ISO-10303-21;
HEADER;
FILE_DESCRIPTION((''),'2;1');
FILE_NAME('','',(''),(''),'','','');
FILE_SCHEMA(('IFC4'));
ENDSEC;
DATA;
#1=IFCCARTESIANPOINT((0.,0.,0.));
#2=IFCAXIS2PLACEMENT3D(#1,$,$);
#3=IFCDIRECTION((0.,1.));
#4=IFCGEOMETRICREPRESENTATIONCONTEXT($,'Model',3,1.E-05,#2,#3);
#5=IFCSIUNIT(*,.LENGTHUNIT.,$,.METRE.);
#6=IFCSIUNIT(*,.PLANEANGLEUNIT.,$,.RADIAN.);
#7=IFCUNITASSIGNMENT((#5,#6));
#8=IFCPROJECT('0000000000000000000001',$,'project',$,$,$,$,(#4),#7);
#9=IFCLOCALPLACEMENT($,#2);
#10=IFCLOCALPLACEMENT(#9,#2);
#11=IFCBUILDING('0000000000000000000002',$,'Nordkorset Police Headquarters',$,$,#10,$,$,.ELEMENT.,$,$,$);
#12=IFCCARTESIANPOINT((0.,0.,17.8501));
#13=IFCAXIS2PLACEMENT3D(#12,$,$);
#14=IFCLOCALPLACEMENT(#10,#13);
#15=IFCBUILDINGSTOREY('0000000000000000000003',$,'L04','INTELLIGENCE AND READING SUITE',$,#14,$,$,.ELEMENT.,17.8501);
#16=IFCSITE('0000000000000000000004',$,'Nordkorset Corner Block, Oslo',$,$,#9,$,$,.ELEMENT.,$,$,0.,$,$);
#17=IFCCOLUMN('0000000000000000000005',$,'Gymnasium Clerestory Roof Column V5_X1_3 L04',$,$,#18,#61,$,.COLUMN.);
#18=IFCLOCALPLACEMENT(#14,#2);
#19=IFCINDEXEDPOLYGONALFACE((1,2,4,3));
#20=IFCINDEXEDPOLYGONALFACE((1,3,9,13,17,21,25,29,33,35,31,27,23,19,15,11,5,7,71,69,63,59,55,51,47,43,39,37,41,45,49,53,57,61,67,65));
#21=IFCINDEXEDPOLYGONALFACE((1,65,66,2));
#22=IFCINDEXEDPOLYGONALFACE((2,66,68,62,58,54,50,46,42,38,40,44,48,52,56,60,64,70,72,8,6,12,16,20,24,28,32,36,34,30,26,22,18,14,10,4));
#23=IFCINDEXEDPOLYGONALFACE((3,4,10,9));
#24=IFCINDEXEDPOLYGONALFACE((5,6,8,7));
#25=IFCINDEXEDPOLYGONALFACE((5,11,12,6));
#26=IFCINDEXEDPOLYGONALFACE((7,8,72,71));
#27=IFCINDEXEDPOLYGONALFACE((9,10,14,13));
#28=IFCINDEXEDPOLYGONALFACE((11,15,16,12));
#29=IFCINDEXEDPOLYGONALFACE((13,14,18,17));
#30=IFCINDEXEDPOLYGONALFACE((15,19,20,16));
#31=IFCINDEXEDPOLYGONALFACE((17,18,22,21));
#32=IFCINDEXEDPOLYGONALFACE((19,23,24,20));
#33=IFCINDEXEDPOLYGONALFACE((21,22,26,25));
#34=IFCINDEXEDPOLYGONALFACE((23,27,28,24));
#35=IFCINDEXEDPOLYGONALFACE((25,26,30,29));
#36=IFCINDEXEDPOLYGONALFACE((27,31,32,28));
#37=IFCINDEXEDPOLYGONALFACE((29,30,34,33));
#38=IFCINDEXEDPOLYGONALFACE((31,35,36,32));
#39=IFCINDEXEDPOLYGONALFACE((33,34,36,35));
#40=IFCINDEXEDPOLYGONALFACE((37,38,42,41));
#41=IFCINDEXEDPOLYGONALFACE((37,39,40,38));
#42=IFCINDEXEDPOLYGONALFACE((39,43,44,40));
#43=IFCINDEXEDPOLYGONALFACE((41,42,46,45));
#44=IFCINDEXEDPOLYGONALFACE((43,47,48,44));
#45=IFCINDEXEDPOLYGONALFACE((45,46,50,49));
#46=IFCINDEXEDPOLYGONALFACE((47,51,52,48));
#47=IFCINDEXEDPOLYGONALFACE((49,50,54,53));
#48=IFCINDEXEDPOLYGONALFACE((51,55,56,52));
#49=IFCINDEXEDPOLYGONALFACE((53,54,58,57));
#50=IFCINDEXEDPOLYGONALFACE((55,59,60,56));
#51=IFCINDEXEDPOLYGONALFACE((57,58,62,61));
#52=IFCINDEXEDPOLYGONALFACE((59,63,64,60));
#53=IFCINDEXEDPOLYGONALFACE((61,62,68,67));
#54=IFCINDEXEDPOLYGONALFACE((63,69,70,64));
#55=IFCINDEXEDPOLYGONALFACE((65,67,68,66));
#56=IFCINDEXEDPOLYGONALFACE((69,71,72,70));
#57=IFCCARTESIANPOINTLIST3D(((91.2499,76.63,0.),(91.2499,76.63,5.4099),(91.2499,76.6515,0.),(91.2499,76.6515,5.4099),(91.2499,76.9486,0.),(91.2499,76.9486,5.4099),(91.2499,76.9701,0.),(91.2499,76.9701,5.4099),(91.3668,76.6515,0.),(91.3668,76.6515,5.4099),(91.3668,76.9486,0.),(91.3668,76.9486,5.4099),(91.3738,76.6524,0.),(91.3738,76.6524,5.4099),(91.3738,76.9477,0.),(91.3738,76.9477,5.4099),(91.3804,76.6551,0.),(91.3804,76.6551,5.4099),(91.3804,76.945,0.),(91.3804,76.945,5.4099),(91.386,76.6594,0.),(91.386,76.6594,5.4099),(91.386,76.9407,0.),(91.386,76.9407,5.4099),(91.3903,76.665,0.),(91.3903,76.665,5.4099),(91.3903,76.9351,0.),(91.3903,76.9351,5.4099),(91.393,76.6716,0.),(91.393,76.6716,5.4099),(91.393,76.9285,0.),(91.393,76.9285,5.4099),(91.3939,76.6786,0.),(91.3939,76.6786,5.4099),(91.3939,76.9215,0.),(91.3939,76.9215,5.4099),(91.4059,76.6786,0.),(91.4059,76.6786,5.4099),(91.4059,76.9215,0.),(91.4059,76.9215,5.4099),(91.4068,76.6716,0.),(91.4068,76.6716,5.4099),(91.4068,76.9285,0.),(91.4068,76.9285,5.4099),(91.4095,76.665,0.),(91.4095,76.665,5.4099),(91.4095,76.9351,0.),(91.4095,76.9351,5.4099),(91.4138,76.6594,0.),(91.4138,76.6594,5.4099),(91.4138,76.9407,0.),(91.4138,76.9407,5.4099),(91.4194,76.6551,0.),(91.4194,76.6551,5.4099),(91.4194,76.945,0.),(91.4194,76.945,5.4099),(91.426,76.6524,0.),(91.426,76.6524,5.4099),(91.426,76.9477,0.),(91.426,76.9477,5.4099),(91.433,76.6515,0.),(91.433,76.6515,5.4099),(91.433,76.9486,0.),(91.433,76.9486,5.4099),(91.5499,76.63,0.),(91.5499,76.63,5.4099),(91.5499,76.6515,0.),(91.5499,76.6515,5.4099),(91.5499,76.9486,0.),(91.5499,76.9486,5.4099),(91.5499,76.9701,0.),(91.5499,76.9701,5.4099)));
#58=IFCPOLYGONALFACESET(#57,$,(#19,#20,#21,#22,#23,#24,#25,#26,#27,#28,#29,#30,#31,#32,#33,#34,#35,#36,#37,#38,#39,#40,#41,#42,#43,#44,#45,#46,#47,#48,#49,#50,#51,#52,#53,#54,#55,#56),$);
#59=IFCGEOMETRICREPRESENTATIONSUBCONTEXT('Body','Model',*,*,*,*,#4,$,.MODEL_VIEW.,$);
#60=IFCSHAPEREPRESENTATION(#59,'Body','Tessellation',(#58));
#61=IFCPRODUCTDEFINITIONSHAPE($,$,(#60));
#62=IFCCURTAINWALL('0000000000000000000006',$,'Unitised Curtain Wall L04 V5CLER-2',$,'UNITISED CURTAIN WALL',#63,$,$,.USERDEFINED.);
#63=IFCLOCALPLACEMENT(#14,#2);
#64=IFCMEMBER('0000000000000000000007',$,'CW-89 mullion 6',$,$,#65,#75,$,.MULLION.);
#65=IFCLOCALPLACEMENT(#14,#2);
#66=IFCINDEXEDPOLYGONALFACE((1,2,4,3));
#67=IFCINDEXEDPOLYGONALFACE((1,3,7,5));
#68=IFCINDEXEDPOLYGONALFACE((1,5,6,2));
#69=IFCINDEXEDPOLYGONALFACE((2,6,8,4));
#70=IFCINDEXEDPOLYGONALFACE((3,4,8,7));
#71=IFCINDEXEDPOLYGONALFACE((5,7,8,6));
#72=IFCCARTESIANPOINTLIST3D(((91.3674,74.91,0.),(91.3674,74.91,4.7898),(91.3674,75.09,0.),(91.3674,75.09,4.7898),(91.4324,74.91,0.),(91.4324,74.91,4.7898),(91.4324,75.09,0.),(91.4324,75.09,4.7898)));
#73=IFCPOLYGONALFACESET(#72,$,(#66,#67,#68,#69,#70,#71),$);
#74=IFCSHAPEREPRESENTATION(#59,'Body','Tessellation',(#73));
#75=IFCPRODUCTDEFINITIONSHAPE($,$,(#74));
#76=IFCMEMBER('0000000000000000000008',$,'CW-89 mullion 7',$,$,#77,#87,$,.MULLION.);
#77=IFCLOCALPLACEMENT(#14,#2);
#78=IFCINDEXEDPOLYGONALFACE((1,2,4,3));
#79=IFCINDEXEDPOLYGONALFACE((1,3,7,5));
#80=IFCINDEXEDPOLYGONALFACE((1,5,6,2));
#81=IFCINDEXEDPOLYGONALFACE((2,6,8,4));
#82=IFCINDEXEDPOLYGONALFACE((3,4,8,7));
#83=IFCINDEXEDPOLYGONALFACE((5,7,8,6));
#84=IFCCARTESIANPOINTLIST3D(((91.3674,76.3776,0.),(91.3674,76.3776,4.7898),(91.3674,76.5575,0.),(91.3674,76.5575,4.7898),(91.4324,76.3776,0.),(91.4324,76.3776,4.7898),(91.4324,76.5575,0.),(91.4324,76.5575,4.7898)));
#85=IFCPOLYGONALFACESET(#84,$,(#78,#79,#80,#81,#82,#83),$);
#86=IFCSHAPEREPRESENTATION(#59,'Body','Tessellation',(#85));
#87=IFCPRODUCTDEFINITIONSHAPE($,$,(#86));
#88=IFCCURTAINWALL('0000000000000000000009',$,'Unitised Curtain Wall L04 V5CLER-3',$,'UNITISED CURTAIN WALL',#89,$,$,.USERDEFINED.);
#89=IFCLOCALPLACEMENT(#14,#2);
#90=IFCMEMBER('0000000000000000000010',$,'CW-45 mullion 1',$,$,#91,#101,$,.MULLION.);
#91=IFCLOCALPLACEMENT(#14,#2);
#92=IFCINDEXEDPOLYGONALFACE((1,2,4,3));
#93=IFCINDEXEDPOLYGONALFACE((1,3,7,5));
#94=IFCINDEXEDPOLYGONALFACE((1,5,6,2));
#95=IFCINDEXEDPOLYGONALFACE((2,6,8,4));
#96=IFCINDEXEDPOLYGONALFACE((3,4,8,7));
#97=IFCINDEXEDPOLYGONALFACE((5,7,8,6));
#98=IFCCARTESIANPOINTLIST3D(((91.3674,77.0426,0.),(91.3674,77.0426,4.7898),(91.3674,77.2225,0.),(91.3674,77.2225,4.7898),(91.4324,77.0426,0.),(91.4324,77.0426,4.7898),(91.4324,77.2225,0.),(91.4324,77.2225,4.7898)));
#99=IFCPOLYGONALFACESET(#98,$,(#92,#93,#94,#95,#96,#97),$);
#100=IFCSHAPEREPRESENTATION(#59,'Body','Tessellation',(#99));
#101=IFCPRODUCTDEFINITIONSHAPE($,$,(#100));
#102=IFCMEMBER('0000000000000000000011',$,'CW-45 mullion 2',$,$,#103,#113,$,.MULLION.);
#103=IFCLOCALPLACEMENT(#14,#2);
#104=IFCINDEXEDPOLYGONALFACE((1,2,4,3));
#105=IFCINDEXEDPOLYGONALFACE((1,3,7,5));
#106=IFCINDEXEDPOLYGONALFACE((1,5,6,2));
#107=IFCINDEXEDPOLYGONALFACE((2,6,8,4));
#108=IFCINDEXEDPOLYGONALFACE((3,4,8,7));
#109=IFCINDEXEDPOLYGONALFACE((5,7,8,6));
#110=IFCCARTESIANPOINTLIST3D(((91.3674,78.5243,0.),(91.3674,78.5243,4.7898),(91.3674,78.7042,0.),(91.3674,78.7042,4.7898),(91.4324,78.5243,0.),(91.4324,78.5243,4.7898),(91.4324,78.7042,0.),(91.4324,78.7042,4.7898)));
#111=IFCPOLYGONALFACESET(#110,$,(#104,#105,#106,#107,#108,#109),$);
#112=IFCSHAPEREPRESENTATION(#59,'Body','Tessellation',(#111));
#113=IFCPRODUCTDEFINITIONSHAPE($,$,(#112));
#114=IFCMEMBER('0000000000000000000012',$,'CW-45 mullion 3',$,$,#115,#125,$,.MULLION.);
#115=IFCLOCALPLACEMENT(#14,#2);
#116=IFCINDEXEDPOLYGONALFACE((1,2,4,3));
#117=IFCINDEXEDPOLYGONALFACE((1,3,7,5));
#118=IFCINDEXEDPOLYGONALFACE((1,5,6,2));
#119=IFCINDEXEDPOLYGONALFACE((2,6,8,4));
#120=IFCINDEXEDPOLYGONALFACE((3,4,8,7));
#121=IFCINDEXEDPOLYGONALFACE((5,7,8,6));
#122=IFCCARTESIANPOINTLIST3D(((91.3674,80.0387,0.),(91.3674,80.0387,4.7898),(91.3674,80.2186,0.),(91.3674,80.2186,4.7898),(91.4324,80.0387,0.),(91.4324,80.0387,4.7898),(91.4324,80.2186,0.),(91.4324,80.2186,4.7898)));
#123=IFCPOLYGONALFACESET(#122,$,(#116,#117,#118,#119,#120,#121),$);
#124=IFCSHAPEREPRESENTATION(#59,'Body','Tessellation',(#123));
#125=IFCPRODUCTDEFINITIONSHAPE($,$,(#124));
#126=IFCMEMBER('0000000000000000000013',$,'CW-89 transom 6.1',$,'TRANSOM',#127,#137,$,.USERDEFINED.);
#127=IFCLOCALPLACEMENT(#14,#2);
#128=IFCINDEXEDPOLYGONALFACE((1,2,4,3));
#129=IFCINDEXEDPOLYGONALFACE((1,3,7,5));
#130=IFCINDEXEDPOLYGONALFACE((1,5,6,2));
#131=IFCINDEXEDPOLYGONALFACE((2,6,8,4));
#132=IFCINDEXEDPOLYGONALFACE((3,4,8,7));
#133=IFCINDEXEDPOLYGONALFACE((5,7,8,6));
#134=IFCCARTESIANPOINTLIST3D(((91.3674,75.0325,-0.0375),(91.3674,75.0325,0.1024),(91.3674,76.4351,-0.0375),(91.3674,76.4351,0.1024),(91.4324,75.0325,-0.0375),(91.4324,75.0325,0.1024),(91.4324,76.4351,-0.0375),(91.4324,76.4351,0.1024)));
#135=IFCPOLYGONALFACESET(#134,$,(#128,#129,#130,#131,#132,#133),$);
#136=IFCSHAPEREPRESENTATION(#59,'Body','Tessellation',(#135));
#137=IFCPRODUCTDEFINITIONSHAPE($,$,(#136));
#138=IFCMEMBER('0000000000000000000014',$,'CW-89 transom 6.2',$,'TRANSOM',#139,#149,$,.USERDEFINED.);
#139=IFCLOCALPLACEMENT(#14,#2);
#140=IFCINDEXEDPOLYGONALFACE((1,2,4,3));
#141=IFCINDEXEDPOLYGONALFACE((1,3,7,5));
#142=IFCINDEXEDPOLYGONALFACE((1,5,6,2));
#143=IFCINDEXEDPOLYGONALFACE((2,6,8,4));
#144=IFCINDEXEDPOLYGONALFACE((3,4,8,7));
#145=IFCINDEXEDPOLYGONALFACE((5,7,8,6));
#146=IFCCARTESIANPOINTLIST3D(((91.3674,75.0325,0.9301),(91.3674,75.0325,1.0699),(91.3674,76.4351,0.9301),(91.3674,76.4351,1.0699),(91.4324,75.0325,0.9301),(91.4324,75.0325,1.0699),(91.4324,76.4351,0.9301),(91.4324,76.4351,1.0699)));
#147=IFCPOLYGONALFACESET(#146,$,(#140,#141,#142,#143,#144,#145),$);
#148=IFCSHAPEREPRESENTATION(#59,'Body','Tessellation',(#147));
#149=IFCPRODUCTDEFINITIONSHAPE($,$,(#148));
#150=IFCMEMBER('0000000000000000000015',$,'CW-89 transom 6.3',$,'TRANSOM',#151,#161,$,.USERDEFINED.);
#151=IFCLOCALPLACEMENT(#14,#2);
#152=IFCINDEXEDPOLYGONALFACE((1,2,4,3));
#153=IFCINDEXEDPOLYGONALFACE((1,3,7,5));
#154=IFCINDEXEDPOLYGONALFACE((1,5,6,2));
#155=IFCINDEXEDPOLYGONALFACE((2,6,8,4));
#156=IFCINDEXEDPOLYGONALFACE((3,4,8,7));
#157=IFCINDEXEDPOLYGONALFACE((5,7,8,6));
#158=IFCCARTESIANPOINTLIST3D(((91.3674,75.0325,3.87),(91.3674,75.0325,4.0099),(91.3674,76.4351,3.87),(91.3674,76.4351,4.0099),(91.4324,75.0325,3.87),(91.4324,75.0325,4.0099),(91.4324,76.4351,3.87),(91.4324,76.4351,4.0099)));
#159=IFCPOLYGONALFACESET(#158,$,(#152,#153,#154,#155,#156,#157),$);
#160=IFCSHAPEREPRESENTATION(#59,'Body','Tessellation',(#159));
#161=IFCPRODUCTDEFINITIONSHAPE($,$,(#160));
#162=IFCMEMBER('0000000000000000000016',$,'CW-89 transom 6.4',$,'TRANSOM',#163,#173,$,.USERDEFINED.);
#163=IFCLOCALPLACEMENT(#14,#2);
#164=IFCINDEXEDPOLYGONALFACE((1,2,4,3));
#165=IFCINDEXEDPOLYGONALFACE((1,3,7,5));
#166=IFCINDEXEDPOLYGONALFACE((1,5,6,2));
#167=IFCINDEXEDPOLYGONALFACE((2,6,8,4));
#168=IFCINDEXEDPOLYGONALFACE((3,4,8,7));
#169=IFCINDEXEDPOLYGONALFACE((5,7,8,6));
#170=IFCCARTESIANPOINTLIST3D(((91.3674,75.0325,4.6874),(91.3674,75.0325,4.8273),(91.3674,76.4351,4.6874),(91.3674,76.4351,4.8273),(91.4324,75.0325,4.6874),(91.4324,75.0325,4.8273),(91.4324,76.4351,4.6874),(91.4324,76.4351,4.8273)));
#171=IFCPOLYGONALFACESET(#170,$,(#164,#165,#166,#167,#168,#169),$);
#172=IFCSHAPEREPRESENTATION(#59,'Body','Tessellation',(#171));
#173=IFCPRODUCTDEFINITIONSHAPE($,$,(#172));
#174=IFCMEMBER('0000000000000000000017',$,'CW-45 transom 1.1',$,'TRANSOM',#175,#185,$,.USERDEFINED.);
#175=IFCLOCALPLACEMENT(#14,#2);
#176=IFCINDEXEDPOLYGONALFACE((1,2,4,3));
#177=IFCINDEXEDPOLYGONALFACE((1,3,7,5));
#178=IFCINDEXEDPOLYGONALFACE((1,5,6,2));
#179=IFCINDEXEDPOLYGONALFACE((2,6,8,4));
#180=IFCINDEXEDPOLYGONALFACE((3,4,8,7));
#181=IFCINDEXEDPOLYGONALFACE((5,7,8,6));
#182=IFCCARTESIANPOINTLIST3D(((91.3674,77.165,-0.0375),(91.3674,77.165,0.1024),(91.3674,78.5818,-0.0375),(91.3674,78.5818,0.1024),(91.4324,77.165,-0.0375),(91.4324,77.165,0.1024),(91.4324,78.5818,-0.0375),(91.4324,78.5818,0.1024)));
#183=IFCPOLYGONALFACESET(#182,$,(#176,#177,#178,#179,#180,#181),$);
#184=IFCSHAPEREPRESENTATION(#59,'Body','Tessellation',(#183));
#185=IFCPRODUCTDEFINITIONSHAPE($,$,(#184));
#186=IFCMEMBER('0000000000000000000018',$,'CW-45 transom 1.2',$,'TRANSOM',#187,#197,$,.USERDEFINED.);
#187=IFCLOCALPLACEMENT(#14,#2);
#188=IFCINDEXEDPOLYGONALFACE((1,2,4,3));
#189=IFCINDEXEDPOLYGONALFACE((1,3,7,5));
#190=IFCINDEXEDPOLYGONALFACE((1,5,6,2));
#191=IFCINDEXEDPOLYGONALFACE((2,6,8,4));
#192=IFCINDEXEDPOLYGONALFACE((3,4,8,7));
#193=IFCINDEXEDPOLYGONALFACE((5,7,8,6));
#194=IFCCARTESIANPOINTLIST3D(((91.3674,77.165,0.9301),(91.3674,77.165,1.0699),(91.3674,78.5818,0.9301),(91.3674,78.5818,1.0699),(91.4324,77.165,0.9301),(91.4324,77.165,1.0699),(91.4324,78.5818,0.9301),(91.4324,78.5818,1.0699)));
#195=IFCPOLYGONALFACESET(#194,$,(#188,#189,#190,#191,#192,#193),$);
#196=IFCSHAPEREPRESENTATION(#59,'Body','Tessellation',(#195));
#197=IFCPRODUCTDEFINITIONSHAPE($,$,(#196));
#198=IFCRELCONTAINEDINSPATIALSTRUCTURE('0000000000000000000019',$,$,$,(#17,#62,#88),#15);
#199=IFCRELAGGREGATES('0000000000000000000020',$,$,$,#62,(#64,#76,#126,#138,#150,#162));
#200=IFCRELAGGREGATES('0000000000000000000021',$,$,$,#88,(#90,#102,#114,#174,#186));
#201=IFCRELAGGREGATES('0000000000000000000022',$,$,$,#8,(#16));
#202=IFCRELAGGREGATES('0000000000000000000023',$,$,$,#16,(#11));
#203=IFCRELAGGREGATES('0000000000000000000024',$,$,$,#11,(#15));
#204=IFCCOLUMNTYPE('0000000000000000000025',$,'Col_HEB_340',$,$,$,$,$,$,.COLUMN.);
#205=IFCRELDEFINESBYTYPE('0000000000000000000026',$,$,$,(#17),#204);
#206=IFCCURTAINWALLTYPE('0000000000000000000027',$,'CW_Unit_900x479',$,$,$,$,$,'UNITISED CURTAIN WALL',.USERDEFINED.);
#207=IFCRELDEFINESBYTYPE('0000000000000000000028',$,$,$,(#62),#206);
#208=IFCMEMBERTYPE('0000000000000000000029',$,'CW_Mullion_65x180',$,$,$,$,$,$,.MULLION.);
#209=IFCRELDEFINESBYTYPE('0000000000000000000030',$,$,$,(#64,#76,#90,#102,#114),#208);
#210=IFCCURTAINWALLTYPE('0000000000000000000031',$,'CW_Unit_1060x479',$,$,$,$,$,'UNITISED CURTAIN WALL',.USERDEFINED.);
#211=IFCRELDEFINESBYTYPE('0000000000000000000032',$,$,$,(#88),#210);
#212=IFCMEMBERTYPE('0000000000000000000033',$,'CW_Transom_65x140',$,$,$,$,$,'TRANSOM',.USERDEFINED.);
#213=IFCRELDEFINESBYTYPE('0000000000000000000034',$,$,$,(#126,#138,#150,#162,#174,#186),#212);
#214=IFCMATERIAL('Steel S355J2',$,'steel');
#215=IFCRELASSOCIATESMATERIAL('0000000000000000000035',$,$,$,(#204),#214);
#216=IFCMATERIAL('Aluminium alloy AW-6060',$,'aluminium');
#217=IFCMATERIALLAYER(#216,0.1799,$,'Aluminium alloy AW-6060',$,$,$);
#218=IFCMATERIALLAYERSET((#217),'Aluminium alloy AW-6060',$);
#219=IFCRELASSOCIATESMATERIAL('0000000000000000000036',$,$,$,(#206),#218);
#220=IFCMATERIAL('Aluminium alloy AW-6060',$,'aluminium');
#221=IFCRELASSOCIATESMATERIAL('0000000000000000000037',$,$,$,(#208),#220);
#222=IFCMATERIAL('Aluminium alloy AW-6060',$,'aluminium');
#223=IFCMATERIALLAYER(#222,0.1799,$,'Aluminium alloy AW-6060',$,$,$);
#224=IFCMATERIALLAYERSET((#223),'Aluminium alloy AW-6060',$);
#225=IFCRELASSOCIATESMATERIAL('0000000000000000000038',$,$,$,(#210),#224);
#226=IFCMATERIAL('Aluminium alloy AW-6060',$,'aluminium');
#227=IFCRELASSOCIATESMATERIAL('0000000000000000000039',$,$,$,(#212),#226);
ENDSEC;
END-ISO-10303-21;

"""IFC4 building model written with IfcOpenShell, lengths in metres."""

from ifc_helpers import new_model, si_unit, direction, frame, origin, origin_2d, place, context, subcontext, project, spatial, rectangle, i_section, extrude, material, layer, layer_set, material_profile, profile_set, type_object, element, aggregate, save


model = new_model("IFC4")

# Units and contexts
model_context = context("Model", 3, precision=1e-05, world=origin(), true_north=direction((0.0, 1.0)))
body_context = subcontext(model_context, "Body", "Model", "MODEL_VIEW")
ifc_project = project(units=[si_unit("LENGTHUNIT", "METRE"), si_unit("PLANEANGLEUNIT", "RADIAN")], contexts=[model_context])

# Site, building, storey
site_placement = place(None, origin())
site = spatial("IfcSite", under=ifc_project, at=site_placement, Name="Nordkorset Corner Block, Oslo", CompositionType="ELEMENT", RefElevation=0.0)
building_placement = place(site_placement, origin())
building = spatial("IfcBuilding", under=site, at=building_placement, Name="Nordkorset Police Headquarters", CompositionType="ELEMENT")
storey_placement = place(building_placement, frame((0.0, 0.0, 17.8501)))
storey = spatial("IfcBuildingStorey", under=building, at=storey_placement, Name="L04", Description="INTELLIGENCE AND READING SUITE", CompositionType="ELEMENT", Elevation=17.8501)

# Column
ifc_material_1 = material(Name="Steel S355J2", Category="steel")
ifc_material_profile_1 = material_profile(ifc_material_1, i_section(OverallWidth=0.3, OverallDepth=0.3401, WebThickness=0.012, FlangeThickness=0.0215, FilletRadius=0.0271, at=origin_2d()), Name="HEB 340")
ifc_profile_set_1 = profile_set([ifc_material_profile_1], Name="Steel S355J2")
column_type = type_object("IfcColumnType", Name="Col_HEB_340", PredefinedType="COLUMN", material=ifc_profile_set_1)
column_placement = place(storey_placement, frame((91.3999, 76.8, 0.0), z_axis=(0.0, 0.0, 1.0), x_axis=(1.0, 0.0, 0.0)))
element("IfcColumn", 1, at=column_placement, inside=storey, type_object=column_type, Name="Gymnasium Clerestory Roof Column V5_X1_3 L04", PredefinedType="COLUMN", context=body_context, shape_type="SweptSolid", body=[
    extrude(i_section(OverallWidth=0.3, OverallDepth=0.3401, WebThickness=0.012, FlangeThickness=0.0215, FilletRadius=0.0271, at=origin_2d()), origin(), (0.0, 0.0, 1.0), 5.4099),
])

# Curtain walls, members
ifc_material_2 = material(Name="Aluminium alloy AW-6060", Category="aluminium")
ifc_layer_1 = layer(ifc_material_2, 0.1799, Name="Aluminium alloy AW-6060")
ifc_layer_set_1 = layer_set([ifc_layer_1], Name="Aluminium alloy AW-6060")
curtain_wall_type_1 = type_object("IfcCurtainWallType", Name="CW_Unit_900x479", ElementType="UNITISED CURTAIN WALL", PredefinedType="USERDEFINED", material=ifc_layer_set_1)
curtain_wall_1_placement = place(storey_placement, origin())
curtain_wall_1 = element("IfcCurtainWall", 2, at=curtain_wall_1_placement, inside=storey, type_object=curtain_wall_type_1, Name="Unitised Curtain Wall L04 V5CLER-2", ObjectType="UNITISED CURTAIN WALL", PredefinedType="USERDEFINED")
ifc_material_3 = material(Name="Aluminium alloy AW-6060", Category="aluminium")
ifc_material_profile_2 = material_profile(ifc_material_3, rectangle(XDim=0.0649, YDim=0.1799, at=origin_2d()), Name="ALU MULL 65x180")
ifc_profile_set_2 = profile_set([ifc_material_profile_2], Name="Aluminium alloy AW-6060")
member_type_1 = type_object("IfcMemberType", Name="CW_Mullion_65x180", PredefinedType="MULLION", material=ifc_profile_set_2)
member_1_placement = place(storey_placement, frame((91.3999, 75.0, 0.0), z_axis=(0.0, 0.0, 1.0), x_axis=(-1.0, 0.0, 0.0)))
member_1 = element("IfcMember", 3, at=member_1_placement, type_object=member_type_1, Name="CW-89 mullion 6", PredefinedType="MULLION", context=body_context, shape_type="SweptSolid", body=[
    extrude(rectangle(XDim=0.0649, YDim=0.1799, at=origin_2d()), origin(), (0.0, 0.0, 1.0), 4.7898),
])
member_2_placement = place(storey_placement, frame((91.3999, 76.4675, 0.0), z_axis=(0.0, 0.0, 1.0), x_axis=(-1.0, 0.0, 0.0)))
member_2 = element("IfcMember", 4, at=member_2_placement, type_object=member_type_1, Name="CW-89 mullion 7", PredefinedType="MULLION", context=body_context, shape_type="SweptSolid", body=[
    extrude(rectangle(XDim=0.0649, YDim=0.1799, at=origin_2d()), origin(), (0.0, 0.0, 1.0), 4.7898),
])
ifc_material_4 = material(Name="Aluminium alloy AW-6060", Category="aluminium")
ifc_layer_2 = layer(ifc_material_4, 0.1799, Name="Aluminium alloy AW-6060")
ifc_layer_set_2 = layer_set([ifc_layer_2], Name="Aluminium alloy AW-6060")
curtain_wall_type_2 = type_object("IfcCurtainWallType", Name="CW_Unit_1060x479", ElementType="UNITISED CURTAIN WALL", PredefinedType="USERDEFINED", material=ifc_layer_set_2)
curtain_wall_2_placement = place(storey_placement, origin())
curtain_wall_2 = element("IfcCurtainWall", 5, at=curtain_wall_2_placement, inside=storey, type_object=curtain_wall_type_2, Name="Unitised Curtain Wall L04 V5CLER-3", ObjectType="UNITISED CURTAIN WALL", PredefinedType="USERDEFINED")
member_3_placement = place(storey_placement, frame((91.3999, 77.1326, 0.0), z_axis=(0.0, 0.0, 1.0), x_axis=(-1.0, 0.0, 0.0)))
member_3 = element("IfcMember", 6, at=member_3_placement, type_object=member_type_1, Name="CW-45 mullion 1", PredefinedType="MULLION", context=body_context, shape_type="SweptSolid", body=[
    extrude(rectangle(XDim=0.0649, YDim=0.1799, at=origin_2d()), origin(), (0.0, 0.0, 1.0), 4.7898),
])
member_4_placement = place(storey_placement, frame((91.3999, 78.6143, 0.0), z_axis=(0.0, 0.0, 1.0), x_axis=(-1.0, 0.0, 0.0)))
member_4 = element("IfcMember", 7, at=member_4_placement, type_object=member_type_1, Name="CW-45 mullion 2", PredefinedType="MULLION", context=body_context, shape_type="SweptSolid", body=[
    extrude(rectangle(XDim=0.0649, YDim=0.1799, at=origin_2d()), origin(), (0.0, 0.0, 1.0), 4.7898),
])
member_5_placement = place(storey_placement, frame((91.3999, 80.1287, 0.0), z_axis=(0.0, 0.0, 1.0), x_axis=(-1.0, 0.0, 0.0)))
member_5 = element("IfcMember", 8, at=member_5_placement, type_object=member_type_1, Name="CW-45 mullion 3", PredefinedType="MULLION", context=body_context, shape_type="SweptSolid", body=[
    extrude(rectangle(XDim=0.0649, YDim=0.1799, at=origin_2d()), origin(), (0.0, 0.0, 1.0), 4.7898),
])

# Members
ifc_material_5 = material(Name="Aluminium alloy AW-6060", Category="aluminium")
ifc_material_profile_3 = material_profile(ifc_material_5, rectangle(XDim=0.0649, YDim=0.1399, at=origin_2d()), Name="ALU TRAN 65x140")
ifc_profile_set_3 = profile_set([ifc_material_profile_3], Name="Aluminium alloy AW-6060")
member_type_2 = type_object("IfcMemberType", Name="CW_Transom_65x140", ElementType="TRANSOM", PredefinedType="USERDEFINED", material=ifc_profile_set_3)
member_6_placement = place(storey_placement, frame((91.3999, 75.0325, 0.0325), z_axis=(0.0, 1.0, 0.0), x_axis=(-1.0, 0.0, 0.0)))
member_6 = element("IfcMember", 9, at=member_6_placement, type_object=member_type_2, Name="CW-89 transom 6.1", ObjectType="TRANSOM", PredefinedType="USERDEFINED", context=body_context, shape_type="SweptSolid", body=[
    extrude(rectangle(XDim=0.0649, YDim=0.1399, at=origin_2d()), origin(), (0.0, 0.0, 1.0), 1.4026),
])
member_7_placement = place(storey_placement, frame((91.3999, 75.0325, 1.0), z_axis=(0.0, 1.0, 0.0), x_axis=(-1.0, 0.0, 0.0)))
member_7 = element("IfcMember", 10, at=member_7_placement, type_object=member_type_2, Name="CW-89 transom 6.2", ObjectType="TRANSOM", PredefinedType="USERDEFINED", context=body_context, shape_type="SweptSolid", body=[
    extrude(rectangle(XDim=0.0649, YDim=0.1399, at=origin_2d()), origin(), (0.0, 0.0, 1.0), 1.4026),
])
member_8_placement = place(storey_placement, frame((91.3999, 75.0325, 3.9399), z_axis=(0.0, 1.0, 0.0), x_axis=(-1.0, 0.0, 0.0)))
member_8 = element("IfcMember", 11, at=member_8_placement, type_object=member_type_2, Name="CW-89 transom 6.3", ObjectType="TRANSOM", PredefinedType="USERDEFINED", context=body_context, shape_type="SweptSolid", body=[
    extrude(rectangle(XDim=0.0649, YDim=0.1399, at=origin_2d()), origin(), (0.0, 0.0, 1.0), 1.4026),
])
member_9_placement = place(storey_placement, frame((91.3999, 75.0325, 4.7573), z_axis=(0.0, 1.0, 0.0), x_axis=(-1.0, 0.0, 0.0)))
member_9 = element("IfcMember", 12, at=member_9_placement, type_object=member_type_2, Name="CW-89 transom 6.4", ObjectType="TRANSOM", PredefinedType="USERDEFINED", context=body_context, shape_type="SweptSolid", body=[
    extrude(rectangle(XDim=0.0649, YDim=0.1399, at=origin_2d()), origin(), (0.0, 0.0, 1.0), 1.4026),
])
member_10_placement = place(storey_placement, frame((91.3999, 77.165, 0.0325), z_axis=(0.0, 1.0, 0.0), x_axis=(-1.0, 0.0, 0.0)))
member_10 = element("IfcMember", 13, at=member_10_placement, type_object=member_type_2, Name="CW-45 transom 1.1", ObjectType="TRANSOM", PredefinedType="USERDEFINED", context=body_context, shape_type="SweptSolid", body=[
    extrude(rectangle(XDim=0.0649, YDim=0.1399, at=origin_2d()), origin(), (0.0, 0.0, 1.0), 1.4167),
])
member_11_placement = place(storey_placement, frame((91.3999, 77.165, 1.0), z_axis=(0.0, 1.0, 0.0), x_axis=(-1.0, 0.0, 0.0)))
member_11 = element("IfcMember", 14, at=member_11_placement, type_object=member_type_2, Name="CW-45 transom 1.2", ObjectType="TRANSOM", PredefinedType="USERDEFINED", context=body_context, shape_type="SweptSolid", body=[
    extrude(rectangle(XDim=0.0649, YDim=0.1399, at=origin_2d()), origin(), (0.0, 0.0, 1.0), 1.4167),
])

aggregate(curtain_wall_1, [member_1, member_2, member_6, member_7, member_8, member_9])
aggregate(curtain_wall_2, [member_3, member_4, member_5, member_10, member_11])

save(model, "model.ifc")
